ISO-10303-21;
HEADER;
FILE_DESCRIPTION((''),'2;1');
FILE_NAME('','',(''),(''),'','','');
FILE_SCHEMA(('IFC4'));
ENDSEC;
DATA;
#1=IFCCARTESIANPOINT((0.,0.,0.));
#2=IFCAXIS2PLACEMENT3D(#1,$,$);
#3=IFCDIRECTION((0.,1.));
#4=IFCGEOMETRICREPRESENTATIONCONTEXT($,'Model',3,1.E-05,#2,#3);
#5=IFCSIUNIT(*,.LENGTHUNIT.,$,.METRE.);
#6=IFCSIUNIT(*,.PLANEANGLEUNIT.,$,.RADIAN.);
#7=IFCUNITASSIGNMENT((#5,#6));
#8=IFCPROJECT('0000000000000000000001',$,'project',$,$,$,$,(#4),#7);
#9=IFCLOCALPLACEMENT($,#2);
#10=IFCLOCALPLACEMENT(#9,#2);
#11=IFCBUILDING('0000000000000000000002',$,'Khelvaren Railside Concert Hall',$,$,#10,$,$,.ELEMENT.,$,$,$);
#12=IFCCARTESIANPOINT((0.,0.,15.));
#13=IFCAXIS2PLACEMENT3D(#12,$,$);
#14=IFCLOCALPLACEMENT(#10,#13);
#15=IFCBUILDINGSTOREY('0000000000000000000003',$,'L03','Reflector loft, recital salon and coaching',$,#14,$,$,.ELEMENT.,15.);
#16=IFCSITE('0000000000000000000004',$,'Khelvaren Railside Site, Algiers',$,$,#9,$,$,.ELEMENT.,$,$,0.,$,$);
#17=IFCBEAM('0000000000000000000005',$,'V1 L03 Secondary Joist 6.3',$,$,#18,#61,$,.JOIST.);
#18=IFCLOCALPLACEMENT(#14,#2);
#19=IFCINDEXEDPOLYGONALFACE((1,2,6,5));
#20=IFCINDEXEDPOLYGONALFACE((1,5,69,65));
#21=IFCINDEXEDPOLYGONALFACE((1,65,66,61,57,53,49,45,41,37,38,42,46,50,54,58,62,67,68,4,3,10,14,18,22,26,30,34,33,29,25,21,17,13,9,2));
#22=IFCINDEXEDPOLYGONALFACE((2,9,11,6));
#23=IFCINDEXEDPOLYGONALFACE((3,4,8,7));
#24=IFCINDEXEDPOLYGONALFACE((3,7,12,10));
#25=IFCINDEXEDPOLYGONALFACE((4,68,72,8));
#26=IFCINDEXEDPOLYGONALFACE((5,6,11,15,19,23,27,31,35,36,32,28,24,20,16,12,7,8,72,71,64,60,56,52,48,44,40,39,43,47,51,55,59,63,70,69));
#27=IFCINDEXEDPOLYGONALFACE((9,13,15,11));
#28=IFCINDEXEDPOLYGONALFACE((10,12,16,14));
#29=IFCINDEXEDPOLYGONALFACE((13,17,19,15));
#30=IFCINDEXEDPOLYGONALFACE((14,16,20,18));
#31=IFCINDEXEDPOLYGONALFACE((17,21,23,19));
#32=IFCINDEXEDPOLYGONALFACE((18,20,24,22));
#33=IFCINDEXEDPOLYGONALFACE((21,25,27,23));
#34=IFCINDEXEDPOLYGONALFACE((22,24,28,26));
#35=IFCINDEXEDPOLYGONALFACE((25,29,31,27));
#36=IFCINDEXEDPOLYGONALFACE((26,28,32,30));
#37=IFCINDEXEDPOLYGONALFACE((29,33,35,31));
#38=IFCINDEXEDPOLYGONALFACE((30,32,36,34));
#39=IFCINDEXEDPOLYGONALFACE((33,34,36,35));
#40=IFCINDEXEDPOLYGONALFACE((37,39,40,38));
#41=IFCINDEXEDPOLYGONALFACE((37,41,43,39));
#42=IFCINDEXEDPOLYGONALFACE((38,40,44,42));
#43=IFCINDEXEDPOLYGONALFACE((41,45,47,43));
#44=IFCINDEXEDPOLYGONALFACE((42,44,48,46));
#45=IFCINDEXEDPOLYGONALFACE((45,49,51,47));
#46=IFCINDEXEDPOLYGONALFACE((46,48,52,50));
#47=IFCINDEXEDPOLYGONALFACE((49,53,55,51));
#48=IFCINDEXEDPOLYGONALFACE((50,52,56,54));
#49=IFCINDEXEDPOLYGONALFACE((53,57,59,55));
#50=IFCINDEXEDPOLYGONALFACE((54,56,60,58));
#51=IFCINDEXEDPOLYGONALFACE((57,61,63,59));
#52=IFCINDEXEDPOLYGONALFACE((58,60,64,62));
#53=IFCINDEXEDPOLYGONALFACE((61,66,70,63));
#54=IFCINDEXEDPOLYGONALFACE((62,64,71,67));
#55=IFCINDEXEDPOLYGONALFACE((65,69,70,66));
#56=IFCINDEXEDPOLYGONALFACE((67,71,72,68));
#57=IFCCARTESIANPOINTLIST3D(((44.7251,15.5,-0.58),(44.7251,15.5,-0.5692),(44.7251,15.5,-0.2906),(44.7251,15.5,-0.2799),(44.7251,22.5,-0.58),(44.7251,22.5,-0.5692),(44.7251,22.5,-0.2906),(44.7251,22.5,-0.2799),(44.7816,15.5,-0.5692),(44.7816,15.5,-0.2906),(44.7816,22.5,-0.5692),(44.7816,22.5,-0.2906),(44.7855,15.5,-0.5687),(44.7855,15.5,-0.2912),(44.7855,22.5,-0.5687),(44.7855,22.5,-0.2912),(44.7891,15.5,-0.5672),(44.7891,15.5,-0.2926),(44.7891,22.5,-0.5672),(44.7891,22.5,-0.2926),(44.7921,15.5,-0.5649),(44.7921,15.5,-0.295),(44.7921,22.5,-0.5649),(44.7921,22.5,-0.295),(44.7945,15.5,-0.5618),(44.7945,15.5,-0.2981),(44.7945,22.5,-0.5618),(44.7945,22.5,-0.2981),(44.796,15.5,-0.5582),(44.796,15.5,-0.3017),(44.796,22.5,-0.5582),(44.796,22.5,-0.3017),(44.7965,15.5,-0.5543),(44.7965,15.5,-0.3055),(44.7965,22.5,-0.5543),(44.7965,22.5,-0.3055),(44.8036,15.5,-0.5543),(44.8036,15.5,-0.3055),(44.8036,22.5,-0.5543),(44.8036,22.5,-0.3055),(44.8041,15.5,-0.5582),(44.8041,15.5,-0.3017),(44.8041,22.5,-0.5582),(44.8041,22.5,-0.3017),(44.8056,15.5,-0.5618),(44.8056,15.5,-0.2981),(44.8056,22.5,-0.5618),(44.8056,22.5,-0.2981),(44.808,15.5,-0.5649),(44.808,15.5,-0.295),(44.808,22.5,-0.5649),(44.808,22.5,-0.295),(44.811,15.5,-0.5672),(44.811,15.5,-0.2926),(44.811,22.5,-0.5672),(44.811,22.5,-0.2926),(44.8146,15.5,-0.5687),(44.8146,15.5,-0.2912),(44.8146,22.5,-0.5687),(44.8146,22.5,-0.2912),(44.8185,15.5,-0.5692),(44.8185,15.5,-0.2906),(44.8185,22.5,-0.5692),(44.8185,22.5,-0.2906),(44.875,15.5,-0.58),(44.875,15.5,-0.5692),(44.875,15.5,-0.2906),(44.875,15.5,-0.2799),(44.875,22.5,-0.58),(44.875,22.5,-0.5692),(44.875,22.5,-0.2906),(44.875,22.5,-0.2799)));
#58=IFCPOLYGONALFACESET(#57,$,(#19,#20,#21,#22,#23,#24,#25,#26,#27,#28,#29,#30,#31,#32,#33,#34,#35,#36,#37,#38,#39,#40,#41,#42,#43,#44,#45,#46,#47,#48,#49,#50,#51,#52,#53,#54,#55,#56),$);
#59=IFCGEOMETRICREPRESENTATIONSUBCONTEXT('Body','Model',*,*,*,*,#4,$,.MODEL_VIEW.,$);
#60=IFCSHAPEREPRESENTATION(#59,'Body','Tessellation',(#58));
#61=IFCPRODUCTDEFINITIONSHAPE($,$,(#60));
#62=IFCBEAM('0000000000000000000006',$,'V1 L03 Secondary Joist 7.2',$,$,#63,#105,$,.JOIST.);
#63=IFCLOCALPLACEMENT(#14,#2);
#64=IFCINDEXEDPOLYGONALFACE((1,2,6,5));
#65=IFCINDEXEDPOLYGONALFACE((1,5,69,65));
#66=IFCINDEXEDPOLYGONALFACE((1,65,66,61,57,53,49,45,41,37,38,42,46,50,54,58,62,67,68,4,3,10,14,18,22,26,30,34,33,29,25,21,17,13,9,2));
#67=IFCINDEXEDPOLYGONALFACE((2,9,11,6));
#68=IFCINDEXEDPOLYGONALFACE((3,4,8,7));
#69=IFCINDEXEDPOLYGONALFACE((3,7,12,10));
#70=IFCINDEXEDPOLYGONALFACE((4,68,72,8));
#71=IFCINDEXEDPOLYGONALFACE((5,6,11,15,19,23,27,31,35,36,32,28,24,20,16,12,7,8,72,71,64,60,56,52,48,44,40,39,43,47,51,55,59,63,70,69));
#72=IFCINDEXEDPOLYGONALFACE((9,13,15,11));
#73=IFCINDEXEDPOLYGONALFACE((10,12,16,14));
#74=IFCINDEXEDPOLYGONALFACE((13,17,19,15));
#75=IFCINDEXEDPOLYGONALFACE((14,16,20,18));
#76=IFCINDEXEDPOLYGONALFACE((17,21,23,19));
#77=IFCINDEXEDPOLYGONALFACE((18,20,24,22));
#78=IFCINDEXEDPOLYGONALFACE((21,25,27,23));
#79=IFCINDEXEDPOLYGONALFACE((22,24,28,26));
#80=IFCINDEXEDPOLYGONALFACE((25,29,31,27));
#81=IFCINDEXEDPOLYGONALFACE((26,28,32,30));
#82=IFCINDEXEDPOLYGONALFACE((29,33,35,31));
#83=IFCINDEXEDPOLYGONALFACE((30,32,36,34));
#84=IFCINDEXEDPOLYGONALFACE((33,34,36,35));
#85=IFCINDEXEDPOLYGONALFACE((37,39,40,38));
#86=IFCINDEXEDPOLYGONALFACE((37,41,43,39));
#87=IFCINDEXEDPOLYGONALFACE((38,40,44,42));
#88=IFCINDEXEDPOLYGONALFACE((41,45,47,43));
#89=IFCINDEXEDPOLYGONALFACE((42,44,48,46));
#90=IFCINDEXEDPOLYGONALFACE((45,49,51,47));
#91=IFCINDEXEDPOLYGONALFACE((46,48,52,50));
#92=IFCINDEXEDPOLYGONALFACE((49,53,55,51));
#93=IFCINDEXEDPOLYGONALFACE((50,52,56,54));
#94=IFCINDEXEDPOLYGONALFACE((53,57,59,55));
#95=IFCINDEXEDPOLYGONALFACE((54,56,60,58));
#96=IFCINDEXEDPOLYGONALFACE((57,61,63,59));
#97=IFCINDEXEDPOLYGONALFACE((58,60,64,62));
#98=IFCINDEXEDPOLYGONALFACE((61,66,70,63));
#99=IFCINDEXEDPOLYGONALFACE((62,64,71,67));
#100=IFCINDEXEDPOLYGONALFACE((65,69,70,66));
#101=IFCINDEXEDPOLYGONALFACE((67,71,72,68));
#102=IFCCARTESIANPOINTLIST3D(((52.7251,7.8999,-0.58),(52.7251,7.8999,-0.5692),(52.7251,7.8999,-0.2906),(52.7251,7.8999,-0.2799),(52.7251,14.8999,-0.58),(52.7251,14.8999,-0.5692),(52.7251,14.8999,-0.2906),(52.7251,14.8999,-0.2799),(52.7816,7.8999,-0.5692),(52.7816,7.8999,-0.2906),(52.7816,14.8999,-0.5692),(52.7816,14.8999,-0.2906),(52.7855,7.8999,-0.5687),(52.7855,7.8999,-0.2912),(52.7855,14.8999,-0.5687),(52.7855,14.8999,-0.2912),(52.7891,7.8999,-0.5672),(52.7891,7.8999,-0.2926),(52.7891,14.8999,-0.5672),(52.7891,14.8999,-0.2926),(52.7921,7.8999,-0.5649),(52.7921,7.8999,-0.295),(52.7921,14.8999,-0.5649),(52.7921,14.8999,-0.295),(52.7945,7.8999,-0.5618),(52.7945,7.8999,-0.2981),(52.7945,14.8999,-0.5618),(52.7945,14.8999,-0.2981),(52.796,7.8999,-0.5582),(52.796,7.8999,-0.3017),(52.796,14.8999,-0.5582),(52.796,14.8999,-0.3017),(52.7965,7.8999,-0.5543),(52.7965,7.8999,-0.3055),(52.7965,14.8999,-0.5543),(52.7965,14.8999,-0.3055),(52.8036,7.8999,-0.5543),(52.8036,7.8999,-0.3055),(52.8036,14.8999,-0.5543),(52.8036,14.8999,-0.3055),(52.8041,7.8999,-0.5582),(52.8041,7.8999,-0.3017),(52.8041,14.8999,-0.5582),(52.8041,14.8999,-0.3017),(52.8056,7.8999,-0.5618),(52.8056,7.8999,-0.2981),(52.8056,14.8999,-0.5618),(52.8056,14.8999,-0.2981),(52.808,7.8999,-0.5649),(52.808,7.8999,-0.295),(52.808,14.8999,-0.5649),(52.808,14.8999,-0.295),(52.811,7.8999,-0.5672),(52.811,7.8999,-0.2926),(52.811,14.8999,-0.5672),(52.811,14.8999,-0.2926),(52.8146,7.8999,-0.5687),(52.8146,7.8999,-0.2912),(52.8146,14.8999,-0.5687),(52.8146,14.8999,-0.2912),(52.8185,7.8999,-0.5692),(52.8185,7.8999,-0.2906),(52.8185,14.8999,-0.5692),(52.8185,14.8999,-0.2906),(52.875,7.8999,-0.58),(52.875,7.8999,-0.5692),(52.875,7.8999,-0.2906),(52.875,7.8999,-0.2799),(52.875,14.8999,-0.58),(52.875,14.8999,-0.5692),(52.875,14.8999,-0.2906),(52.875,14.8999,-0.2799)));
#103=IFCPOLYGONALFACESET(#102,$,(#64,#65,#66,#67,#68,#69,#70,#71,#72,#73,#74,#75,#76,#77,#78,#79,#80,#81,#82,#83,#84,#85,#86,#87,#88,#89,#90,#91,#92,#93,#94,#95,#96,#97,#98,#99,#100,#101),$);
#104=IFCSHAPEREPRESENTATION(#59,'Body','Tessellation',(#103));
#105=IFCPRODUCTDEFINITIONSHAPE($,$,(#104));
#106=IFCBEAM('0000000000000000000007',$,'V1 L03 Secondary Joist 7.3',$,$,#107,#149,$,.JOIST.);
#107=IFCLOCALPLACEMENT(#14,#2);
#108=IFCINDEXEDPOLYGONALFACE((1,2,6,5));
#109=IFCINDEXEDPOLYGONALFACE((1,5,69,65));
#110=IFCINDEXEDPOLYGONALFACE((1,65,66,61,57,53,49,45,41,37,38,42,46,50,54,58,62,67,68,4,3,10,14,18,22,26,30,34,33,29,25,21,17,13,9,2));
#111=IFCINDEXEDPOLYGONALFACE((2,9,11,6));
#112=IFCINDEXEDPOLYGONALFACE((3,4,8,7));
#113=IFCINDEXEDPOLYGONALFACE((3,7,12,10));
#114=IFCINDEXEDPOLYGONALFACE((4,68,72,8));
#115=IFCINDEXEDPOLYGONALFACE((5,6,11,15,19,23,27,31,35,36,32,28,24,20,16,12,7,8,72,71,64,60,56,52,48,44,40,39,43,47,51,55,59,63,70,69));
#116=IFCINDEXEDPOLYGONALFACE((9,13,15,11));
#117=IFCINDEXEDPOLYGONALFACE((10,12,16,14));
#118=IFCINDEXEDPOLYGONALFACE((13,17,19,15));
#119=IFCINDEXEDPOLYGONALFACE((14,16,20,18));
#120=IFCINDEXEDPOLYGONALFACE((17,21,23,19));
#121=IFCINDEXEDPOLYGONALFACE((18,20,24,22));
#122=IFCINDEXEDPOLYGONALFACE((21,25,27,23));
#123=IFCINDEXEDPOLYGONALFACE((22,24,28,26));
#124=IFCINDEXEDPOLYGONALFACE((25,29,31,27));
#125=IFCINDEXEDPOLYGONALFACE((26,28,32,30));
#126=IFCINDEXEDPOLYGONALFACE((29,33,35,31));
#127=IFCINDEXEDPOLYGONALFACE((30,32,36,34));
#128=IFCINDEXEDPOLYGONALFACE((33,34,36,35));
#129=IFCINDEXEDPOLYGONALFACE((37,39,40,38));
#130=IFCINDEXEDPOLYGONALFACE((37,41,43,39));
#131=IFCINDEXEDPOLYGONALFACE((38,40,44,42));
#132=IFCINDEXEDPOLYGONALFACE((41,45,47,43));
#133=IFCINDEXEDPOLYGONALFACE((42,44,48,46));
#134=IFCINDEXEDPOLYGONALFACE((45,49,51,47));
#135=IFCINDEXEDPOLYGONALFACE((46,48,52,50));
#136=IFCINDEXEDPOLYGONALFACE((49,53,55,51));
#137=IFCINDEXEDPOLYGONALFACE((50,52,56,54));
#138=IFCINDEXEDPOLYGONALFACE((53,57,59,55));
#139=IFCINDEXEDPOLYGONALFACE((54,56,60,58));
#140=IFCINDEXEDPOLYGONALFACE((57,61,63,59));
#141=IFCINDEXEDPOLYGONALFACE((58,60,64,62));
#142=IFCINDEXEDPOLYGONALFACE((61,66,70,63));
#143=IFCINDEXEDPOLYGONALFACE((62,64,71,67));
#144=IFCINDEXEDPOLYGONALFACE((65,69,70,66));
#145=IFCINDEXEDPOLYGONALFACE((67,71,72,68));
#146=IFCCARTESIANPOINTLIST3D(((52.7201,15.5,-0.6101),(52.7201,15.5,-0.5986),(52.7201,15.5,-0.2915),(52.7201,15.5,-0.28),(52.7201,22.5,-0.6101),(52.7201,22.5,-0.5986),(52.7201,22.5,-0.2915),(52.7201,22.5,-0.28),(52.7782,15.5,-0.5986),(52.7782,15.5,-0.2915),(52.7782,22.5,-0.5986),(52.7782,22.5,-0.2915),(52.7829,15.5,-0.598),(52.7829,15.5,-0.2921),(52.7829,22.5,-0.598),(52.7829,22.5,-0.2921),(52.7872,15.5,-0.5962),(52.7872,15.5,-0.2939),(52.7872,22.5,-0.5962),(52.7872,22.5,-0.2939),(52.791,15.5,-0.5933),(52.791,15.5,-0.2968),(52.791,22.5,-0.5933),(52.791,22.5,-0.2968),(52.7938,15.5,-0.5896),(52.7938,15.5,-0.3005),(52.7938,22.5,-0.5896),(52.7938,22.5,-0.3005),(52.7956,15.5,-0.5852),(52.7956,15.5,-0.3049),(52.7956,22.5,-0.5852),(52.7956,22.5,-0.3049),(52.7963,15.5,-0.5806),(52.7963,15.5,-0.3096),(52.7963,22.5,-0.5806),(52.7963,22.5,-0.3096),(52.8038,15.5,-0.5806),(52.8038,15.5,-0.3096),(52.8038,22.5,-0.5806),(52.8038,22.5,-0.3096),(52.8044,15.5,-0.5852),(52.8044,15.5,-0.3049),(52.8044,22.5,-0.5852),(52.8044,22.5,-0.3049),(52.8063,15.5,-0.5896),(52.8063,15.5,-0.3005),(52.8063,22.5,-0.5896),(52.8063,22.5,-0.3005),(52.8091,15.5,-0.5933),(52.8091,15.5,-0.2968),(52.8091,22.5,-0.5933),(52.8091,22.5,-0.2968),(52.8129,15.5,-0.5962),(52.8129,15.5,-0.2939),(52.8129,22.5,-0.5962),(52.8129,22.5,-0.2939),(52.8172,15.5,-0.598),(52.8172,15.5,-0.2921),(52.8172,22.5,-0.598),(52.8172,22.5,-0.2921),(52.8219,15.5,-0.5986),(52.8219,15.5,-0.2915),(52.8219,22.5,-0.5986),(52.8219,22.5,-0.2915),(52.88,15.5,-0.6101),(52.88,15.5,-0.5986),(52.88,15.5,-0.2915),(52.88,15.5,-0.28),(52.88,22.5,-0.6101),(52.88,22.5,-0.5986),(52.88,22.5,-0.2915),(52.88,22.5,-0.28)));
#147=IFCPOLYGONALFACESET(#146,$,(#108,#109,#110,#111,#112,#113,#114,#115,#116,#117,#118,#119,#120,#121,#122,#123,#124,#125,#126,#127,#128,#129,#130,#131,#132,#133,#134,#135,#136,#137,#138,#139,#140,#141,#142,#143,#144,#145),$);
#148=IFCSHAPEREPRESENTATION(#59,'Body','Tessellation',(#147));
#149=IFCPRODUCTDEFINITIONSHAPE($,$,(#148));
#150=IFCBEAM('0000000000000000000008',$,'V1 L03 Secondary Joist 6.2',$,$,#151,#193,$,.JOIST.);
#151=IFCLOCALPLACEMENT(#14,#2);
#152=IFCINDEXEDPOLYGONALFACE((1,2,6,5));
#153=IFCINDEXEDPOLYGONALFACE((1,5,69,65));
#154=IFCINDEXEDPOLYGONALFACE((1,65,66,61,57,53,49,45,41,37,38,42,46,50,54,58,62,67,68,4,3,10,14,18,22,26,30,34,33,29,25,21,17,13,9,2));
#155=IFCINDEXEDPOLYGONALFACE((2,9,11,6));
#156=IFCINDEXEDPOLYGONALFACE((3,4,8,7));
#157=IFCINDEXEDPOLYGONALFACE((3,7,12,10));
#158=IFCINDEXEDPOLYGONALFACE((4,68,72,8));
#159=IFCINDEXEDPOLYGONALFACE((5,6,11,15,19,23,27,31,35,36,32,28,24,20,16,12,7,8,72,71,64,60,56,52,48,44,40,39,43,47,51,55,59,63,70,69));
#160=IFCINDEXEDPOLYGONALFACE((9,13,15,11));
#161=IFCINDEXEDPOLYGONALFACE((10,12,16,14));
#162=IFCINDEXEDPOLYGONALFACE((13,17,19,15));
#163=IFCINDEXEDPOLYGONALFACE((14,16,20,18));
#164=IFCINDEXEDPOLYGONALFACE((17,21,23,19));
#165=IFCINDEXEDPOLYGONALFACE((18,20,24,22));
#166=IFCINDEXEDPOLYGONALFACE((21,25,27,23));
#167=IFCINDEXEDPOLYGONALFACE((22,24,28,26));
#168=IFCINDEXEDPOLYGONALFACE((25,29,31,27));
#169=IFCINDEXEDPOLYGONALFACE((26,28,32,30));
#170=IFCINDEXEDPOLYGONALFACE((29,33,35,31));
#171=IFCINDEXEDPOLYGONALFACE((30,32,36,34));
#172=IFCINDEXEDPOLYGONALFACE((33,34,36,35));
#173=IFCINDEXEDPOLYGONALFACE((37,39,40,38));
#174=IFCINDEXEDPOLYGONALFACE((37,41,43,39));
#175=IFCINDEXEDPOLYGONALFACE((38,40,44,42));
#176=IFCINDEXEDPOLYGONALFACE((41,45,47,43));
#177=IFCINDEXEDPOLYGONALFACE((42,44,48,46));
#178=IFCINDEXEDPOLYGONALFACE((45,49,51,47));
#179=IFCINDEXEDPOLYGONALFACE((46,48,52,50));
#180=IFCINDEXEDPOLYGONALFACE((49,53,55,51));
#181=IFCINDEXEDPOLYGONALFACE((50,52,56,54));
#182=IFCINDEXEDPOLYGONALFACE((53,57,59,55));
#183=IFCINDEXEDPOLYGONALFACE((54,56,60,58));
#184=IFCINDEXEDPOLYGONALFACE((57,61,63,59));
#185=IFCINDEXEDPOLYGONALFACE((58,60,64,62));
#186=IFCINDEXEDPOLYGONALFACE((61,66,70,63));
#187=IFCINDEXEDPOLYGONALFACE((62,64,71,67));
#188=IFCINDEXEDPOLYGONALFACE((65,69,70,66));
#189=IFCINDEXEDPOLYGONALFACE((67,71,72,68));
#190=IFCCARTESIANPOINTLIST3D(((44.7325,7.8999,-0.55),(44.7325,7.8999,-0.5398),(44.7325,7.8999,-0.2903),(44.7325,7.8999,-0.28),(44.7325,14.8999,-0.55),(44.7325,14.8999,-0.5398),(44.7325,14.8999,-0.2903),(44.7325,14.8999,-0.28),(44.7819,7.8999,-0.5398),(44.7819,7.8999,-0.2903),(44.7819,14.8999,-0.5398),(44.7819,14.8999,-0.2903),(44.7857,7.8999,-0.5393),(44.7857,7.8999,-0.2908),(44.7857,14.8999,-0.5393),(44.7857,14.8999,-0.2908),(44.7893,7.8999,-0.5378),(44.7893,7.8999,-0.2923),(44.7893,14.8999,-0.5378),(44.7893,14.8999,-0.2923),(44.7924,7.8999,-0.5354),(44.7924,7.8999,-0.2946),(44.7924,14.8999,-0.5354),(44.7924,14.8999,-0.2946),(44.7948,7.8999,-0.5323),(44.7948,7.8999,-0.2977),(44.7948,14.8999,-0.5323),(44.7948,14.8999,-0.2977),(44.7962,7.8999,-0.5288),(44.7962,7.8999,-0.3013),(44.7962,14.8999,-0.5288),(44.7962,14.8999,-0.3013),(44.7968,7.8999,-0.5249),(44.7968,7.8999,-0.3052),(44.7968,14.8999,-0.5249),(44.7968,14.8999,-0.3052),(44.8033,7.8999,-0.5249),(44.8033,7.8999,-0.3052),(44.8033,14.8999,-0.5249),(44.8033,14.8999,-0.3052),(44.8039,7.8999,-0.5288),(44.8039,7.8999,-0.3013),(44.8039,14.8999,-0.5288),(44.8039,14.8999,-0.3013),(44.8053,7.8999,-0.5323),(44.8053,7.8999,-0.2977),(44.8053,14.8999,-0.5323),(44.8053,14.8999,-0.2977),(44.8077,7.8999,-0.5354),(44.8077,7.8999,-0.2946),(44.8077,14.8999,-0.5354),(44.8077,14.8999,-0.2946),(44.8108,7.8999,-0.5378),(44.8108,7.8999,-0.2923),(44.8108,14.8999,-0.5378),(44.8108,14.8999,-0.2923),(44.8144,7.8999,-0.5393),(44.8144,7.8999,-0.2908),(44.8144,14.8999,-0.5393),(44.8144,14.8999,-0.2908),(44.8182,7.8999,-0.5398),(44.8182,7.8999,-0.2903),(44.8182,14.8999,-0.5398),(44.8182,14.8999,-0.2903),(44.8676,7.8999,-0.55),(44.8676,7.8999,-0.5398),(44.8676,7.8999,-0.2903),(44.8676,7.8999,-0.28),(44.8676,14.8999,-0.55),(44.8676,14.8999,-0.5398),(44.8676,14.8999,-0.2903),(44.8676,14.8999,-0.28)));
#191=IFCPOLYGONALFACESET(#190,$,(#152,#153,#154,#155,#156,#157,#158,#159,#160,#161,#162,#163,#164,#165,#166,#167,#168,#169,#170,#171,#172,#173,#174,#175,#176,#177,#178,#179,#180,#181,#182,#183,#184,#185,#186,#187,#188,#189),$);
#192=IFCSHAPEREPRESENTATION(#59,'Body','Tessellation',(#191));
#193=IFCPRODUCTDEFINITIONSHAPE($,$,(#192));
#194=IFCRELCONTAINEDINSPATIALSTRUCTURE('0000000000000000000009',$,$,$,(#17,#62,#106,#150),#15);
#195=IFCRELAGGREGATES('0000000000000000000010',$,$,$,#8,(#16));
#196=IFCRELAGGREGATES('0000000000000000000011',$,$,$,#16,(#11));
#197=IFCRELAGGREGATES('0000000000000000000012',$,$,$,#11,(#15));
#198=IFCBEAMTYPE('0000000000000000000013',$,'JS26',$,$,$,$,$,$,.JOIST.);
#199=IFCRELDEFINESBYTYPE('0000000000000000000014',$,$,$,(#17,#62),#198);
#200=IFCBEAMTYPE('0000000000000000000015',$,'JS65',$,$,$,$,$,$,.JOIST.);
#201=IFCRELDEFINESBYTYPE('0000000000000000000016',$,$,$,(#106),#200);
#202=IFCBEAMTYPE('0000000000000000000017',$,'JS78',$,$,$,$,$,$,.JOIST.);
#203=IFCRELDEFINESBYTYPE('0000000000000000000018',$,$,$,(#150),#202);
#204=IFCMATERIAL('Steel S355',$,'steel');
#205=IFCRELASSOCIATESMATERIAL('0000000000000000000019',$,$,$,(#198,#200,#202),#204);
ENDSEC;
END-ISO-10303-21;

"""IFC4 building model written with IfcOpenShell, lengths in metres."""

from ifc_helpers import new_model, si_unit, direction, frame, origin, origin_2d, place, context, subcontext, project, spatial, i_section, extrude, material, material_profile, profile_set, type_object, element, save


model = new_model("IFC4")

# Units and contexts
model_context = context("Model", 3, precision=1e-05, world=origin(), true_north=direction((0.0, 1.0)))
body_context = subcontext(model_context, "Body", "Model", "MODEL_VIEW")
ifc_project = project(units=[si_unit("LENGTHUNIT", "METRE"), si_unit("PLANEANGLEUNIT", "RADIAN")], contexts=[model_context])

# Site, building, storey
site_placement = place(None, origin())
site = spatial("IfcSite", under=ifc_project, at=site_placement, Name="Khelvaren Railside Site, Algiers", CompositionType="ELEMENT", RefElevation=0.0)
building_placement = place(site_placement, origin())
building = spatial("IfcBuilding", under=site, at=building_placement, Name="Khelvaren Railside Concert Hall", CompositionType="ELEMENT")
storey_placement = place(building_placement, frame((0.0, 0.0, 15.0)))
storey = spatial("IfcBuildingStorey", under=building, at=storey_placement, Name="L03", Description="Reflector loft, recital salon and coaching", CompositionType="ELEMENT", Elevation=15.0)

# Shared definitions
ifc_material_1 = material(Name="Steel S355", Category="steel")

# Beams
ifc_material_profile_1 = material_profile(ifc_material_1, i_section(OverallWidth=0.1499, OverallDepth=0.3, WebThickness=0.0071, FlangeThickness=0.0107, FilletRadius=0.0149, at=origin_2d()), Name="IPE 300")
ifc_profile_set_1 = profile_set([ifc_material_profile_1], Name="Steel S355")
beam_type_1 = type_object("IfcBeamType", Name="JS26", PredefinedType="JOIST", material=ifc_profile_set_1)
for number, where, z_axis, x_axis, name in (
    (1, (44.8, 15.5, -0.4299), (0.0, 1.0, 0.0), (-1.0, 0.0, 0.0), "V1 L03 Secondary Joist 6.3"),
    (2, (52.8, 7.8999, -0.4299), (0.0, 1.0, 0.0), (-1.0, 0.0, 0.0), "V1 L03 Secondary Joist 7.2"),
):
    element("IfcBeam", number, at=place(storey_placement, frame(where, z_axis=z_axis, x_axis=x_axis)), inside=storey, type_object=beam_type_1, Name=name, PredefinedType="JOIST", context=body_context, shape_type="SweptSolid", body=[
        extrude(i_section(OverallWidth=0.1499, OverallDepth=0.3, WebThickness=0.0071, FlangeThickness=0.0107, FilletRadius=0.0149, at=origin_2d()), origin(), (0.0, 0.0, 1.0), 7.0),
    ])
ifc_material_profile_2 = material_profile(ifc_material_1, i_section(OverallWidth=0.1599, OverallDepth=0.3301, WebThickness=0.0076, FlangeThickness=0.0115, FilletRadius=0.0181, at=origin_2d()), Name="IPE 330")
ifc_profile_set_2 = profile_set([ifc_material_profile_2], Name="Steel S355")
beam_type_2 = type_object("IfcBeamType", Name="JS65", PredefinedType="JOIST", material=ifc_profile_set_2)
beam_1_placement = place(storey_placement, frame((52.8, 15.5, -0.4451), z_axis=(0.0, 1.0, 0.0), x_axis=(-1.0, 0.0, 0.0)))
element("IfcBeam", 3, at=beam_1_placement, inside=storey, type_object=beam_type_2, Name="V1 L03 Secondary Joist 7.3", PredefinedType="JOIST", context=body_context, shape_type="SweptSolid", body=[
    extrude(i_section(OverallWidth=0.1599, OverallDepth=0.3301, WebThickness=0.0076, FlangeThickness=0.0115, FilletRadius=0.0181, at=origin_2d()), origin(), (0.0, 0.0, 1.0), 7.0),
])
ifc_material_profile_3 = material_profile(ifc_material_1, i_section(OverallWidth=0.135, OverallDepth=0.27, WebThickness=0.0066, FlangeThickness=0.0103, FilletRadius=0.0149, at=origin_2d()), Name="IPE 270")
ifc_profile_set_3 = profile_set([ifc_material_profile_3], Name="Steel S355")
beam_type_3 = type_object("IfcBeamType", Name="JS78", PredefinedType="JOIST", material=ifc_profile_set_3)
beam_2_placement = place(storey_placement, frame((44.8, 7.8999, -0.415), z_axis=(0.0, 1.0, 0.0), x_axis=(-1.0, 0.0, 0.0)))
element("IfcBeam", 4, at=beam_2_placement, inside=storey, type_object=beam_type_3, Name="V1 L03 Secondary Joist 6.2", PredefinedType="JOIST", context=body_context, shape_type="SweptSolid", body=[
    extrude(i_section(OverallWidth=0.135, OverallDepth=0.27, WebThickness=0.0066, FlangeThickness=0.0103, FilletRadius=0.0149, at=origin_2d()), origin(), (0.0, 0.0, 1.0), 7.0),
])

save(model, "model.ifc")
